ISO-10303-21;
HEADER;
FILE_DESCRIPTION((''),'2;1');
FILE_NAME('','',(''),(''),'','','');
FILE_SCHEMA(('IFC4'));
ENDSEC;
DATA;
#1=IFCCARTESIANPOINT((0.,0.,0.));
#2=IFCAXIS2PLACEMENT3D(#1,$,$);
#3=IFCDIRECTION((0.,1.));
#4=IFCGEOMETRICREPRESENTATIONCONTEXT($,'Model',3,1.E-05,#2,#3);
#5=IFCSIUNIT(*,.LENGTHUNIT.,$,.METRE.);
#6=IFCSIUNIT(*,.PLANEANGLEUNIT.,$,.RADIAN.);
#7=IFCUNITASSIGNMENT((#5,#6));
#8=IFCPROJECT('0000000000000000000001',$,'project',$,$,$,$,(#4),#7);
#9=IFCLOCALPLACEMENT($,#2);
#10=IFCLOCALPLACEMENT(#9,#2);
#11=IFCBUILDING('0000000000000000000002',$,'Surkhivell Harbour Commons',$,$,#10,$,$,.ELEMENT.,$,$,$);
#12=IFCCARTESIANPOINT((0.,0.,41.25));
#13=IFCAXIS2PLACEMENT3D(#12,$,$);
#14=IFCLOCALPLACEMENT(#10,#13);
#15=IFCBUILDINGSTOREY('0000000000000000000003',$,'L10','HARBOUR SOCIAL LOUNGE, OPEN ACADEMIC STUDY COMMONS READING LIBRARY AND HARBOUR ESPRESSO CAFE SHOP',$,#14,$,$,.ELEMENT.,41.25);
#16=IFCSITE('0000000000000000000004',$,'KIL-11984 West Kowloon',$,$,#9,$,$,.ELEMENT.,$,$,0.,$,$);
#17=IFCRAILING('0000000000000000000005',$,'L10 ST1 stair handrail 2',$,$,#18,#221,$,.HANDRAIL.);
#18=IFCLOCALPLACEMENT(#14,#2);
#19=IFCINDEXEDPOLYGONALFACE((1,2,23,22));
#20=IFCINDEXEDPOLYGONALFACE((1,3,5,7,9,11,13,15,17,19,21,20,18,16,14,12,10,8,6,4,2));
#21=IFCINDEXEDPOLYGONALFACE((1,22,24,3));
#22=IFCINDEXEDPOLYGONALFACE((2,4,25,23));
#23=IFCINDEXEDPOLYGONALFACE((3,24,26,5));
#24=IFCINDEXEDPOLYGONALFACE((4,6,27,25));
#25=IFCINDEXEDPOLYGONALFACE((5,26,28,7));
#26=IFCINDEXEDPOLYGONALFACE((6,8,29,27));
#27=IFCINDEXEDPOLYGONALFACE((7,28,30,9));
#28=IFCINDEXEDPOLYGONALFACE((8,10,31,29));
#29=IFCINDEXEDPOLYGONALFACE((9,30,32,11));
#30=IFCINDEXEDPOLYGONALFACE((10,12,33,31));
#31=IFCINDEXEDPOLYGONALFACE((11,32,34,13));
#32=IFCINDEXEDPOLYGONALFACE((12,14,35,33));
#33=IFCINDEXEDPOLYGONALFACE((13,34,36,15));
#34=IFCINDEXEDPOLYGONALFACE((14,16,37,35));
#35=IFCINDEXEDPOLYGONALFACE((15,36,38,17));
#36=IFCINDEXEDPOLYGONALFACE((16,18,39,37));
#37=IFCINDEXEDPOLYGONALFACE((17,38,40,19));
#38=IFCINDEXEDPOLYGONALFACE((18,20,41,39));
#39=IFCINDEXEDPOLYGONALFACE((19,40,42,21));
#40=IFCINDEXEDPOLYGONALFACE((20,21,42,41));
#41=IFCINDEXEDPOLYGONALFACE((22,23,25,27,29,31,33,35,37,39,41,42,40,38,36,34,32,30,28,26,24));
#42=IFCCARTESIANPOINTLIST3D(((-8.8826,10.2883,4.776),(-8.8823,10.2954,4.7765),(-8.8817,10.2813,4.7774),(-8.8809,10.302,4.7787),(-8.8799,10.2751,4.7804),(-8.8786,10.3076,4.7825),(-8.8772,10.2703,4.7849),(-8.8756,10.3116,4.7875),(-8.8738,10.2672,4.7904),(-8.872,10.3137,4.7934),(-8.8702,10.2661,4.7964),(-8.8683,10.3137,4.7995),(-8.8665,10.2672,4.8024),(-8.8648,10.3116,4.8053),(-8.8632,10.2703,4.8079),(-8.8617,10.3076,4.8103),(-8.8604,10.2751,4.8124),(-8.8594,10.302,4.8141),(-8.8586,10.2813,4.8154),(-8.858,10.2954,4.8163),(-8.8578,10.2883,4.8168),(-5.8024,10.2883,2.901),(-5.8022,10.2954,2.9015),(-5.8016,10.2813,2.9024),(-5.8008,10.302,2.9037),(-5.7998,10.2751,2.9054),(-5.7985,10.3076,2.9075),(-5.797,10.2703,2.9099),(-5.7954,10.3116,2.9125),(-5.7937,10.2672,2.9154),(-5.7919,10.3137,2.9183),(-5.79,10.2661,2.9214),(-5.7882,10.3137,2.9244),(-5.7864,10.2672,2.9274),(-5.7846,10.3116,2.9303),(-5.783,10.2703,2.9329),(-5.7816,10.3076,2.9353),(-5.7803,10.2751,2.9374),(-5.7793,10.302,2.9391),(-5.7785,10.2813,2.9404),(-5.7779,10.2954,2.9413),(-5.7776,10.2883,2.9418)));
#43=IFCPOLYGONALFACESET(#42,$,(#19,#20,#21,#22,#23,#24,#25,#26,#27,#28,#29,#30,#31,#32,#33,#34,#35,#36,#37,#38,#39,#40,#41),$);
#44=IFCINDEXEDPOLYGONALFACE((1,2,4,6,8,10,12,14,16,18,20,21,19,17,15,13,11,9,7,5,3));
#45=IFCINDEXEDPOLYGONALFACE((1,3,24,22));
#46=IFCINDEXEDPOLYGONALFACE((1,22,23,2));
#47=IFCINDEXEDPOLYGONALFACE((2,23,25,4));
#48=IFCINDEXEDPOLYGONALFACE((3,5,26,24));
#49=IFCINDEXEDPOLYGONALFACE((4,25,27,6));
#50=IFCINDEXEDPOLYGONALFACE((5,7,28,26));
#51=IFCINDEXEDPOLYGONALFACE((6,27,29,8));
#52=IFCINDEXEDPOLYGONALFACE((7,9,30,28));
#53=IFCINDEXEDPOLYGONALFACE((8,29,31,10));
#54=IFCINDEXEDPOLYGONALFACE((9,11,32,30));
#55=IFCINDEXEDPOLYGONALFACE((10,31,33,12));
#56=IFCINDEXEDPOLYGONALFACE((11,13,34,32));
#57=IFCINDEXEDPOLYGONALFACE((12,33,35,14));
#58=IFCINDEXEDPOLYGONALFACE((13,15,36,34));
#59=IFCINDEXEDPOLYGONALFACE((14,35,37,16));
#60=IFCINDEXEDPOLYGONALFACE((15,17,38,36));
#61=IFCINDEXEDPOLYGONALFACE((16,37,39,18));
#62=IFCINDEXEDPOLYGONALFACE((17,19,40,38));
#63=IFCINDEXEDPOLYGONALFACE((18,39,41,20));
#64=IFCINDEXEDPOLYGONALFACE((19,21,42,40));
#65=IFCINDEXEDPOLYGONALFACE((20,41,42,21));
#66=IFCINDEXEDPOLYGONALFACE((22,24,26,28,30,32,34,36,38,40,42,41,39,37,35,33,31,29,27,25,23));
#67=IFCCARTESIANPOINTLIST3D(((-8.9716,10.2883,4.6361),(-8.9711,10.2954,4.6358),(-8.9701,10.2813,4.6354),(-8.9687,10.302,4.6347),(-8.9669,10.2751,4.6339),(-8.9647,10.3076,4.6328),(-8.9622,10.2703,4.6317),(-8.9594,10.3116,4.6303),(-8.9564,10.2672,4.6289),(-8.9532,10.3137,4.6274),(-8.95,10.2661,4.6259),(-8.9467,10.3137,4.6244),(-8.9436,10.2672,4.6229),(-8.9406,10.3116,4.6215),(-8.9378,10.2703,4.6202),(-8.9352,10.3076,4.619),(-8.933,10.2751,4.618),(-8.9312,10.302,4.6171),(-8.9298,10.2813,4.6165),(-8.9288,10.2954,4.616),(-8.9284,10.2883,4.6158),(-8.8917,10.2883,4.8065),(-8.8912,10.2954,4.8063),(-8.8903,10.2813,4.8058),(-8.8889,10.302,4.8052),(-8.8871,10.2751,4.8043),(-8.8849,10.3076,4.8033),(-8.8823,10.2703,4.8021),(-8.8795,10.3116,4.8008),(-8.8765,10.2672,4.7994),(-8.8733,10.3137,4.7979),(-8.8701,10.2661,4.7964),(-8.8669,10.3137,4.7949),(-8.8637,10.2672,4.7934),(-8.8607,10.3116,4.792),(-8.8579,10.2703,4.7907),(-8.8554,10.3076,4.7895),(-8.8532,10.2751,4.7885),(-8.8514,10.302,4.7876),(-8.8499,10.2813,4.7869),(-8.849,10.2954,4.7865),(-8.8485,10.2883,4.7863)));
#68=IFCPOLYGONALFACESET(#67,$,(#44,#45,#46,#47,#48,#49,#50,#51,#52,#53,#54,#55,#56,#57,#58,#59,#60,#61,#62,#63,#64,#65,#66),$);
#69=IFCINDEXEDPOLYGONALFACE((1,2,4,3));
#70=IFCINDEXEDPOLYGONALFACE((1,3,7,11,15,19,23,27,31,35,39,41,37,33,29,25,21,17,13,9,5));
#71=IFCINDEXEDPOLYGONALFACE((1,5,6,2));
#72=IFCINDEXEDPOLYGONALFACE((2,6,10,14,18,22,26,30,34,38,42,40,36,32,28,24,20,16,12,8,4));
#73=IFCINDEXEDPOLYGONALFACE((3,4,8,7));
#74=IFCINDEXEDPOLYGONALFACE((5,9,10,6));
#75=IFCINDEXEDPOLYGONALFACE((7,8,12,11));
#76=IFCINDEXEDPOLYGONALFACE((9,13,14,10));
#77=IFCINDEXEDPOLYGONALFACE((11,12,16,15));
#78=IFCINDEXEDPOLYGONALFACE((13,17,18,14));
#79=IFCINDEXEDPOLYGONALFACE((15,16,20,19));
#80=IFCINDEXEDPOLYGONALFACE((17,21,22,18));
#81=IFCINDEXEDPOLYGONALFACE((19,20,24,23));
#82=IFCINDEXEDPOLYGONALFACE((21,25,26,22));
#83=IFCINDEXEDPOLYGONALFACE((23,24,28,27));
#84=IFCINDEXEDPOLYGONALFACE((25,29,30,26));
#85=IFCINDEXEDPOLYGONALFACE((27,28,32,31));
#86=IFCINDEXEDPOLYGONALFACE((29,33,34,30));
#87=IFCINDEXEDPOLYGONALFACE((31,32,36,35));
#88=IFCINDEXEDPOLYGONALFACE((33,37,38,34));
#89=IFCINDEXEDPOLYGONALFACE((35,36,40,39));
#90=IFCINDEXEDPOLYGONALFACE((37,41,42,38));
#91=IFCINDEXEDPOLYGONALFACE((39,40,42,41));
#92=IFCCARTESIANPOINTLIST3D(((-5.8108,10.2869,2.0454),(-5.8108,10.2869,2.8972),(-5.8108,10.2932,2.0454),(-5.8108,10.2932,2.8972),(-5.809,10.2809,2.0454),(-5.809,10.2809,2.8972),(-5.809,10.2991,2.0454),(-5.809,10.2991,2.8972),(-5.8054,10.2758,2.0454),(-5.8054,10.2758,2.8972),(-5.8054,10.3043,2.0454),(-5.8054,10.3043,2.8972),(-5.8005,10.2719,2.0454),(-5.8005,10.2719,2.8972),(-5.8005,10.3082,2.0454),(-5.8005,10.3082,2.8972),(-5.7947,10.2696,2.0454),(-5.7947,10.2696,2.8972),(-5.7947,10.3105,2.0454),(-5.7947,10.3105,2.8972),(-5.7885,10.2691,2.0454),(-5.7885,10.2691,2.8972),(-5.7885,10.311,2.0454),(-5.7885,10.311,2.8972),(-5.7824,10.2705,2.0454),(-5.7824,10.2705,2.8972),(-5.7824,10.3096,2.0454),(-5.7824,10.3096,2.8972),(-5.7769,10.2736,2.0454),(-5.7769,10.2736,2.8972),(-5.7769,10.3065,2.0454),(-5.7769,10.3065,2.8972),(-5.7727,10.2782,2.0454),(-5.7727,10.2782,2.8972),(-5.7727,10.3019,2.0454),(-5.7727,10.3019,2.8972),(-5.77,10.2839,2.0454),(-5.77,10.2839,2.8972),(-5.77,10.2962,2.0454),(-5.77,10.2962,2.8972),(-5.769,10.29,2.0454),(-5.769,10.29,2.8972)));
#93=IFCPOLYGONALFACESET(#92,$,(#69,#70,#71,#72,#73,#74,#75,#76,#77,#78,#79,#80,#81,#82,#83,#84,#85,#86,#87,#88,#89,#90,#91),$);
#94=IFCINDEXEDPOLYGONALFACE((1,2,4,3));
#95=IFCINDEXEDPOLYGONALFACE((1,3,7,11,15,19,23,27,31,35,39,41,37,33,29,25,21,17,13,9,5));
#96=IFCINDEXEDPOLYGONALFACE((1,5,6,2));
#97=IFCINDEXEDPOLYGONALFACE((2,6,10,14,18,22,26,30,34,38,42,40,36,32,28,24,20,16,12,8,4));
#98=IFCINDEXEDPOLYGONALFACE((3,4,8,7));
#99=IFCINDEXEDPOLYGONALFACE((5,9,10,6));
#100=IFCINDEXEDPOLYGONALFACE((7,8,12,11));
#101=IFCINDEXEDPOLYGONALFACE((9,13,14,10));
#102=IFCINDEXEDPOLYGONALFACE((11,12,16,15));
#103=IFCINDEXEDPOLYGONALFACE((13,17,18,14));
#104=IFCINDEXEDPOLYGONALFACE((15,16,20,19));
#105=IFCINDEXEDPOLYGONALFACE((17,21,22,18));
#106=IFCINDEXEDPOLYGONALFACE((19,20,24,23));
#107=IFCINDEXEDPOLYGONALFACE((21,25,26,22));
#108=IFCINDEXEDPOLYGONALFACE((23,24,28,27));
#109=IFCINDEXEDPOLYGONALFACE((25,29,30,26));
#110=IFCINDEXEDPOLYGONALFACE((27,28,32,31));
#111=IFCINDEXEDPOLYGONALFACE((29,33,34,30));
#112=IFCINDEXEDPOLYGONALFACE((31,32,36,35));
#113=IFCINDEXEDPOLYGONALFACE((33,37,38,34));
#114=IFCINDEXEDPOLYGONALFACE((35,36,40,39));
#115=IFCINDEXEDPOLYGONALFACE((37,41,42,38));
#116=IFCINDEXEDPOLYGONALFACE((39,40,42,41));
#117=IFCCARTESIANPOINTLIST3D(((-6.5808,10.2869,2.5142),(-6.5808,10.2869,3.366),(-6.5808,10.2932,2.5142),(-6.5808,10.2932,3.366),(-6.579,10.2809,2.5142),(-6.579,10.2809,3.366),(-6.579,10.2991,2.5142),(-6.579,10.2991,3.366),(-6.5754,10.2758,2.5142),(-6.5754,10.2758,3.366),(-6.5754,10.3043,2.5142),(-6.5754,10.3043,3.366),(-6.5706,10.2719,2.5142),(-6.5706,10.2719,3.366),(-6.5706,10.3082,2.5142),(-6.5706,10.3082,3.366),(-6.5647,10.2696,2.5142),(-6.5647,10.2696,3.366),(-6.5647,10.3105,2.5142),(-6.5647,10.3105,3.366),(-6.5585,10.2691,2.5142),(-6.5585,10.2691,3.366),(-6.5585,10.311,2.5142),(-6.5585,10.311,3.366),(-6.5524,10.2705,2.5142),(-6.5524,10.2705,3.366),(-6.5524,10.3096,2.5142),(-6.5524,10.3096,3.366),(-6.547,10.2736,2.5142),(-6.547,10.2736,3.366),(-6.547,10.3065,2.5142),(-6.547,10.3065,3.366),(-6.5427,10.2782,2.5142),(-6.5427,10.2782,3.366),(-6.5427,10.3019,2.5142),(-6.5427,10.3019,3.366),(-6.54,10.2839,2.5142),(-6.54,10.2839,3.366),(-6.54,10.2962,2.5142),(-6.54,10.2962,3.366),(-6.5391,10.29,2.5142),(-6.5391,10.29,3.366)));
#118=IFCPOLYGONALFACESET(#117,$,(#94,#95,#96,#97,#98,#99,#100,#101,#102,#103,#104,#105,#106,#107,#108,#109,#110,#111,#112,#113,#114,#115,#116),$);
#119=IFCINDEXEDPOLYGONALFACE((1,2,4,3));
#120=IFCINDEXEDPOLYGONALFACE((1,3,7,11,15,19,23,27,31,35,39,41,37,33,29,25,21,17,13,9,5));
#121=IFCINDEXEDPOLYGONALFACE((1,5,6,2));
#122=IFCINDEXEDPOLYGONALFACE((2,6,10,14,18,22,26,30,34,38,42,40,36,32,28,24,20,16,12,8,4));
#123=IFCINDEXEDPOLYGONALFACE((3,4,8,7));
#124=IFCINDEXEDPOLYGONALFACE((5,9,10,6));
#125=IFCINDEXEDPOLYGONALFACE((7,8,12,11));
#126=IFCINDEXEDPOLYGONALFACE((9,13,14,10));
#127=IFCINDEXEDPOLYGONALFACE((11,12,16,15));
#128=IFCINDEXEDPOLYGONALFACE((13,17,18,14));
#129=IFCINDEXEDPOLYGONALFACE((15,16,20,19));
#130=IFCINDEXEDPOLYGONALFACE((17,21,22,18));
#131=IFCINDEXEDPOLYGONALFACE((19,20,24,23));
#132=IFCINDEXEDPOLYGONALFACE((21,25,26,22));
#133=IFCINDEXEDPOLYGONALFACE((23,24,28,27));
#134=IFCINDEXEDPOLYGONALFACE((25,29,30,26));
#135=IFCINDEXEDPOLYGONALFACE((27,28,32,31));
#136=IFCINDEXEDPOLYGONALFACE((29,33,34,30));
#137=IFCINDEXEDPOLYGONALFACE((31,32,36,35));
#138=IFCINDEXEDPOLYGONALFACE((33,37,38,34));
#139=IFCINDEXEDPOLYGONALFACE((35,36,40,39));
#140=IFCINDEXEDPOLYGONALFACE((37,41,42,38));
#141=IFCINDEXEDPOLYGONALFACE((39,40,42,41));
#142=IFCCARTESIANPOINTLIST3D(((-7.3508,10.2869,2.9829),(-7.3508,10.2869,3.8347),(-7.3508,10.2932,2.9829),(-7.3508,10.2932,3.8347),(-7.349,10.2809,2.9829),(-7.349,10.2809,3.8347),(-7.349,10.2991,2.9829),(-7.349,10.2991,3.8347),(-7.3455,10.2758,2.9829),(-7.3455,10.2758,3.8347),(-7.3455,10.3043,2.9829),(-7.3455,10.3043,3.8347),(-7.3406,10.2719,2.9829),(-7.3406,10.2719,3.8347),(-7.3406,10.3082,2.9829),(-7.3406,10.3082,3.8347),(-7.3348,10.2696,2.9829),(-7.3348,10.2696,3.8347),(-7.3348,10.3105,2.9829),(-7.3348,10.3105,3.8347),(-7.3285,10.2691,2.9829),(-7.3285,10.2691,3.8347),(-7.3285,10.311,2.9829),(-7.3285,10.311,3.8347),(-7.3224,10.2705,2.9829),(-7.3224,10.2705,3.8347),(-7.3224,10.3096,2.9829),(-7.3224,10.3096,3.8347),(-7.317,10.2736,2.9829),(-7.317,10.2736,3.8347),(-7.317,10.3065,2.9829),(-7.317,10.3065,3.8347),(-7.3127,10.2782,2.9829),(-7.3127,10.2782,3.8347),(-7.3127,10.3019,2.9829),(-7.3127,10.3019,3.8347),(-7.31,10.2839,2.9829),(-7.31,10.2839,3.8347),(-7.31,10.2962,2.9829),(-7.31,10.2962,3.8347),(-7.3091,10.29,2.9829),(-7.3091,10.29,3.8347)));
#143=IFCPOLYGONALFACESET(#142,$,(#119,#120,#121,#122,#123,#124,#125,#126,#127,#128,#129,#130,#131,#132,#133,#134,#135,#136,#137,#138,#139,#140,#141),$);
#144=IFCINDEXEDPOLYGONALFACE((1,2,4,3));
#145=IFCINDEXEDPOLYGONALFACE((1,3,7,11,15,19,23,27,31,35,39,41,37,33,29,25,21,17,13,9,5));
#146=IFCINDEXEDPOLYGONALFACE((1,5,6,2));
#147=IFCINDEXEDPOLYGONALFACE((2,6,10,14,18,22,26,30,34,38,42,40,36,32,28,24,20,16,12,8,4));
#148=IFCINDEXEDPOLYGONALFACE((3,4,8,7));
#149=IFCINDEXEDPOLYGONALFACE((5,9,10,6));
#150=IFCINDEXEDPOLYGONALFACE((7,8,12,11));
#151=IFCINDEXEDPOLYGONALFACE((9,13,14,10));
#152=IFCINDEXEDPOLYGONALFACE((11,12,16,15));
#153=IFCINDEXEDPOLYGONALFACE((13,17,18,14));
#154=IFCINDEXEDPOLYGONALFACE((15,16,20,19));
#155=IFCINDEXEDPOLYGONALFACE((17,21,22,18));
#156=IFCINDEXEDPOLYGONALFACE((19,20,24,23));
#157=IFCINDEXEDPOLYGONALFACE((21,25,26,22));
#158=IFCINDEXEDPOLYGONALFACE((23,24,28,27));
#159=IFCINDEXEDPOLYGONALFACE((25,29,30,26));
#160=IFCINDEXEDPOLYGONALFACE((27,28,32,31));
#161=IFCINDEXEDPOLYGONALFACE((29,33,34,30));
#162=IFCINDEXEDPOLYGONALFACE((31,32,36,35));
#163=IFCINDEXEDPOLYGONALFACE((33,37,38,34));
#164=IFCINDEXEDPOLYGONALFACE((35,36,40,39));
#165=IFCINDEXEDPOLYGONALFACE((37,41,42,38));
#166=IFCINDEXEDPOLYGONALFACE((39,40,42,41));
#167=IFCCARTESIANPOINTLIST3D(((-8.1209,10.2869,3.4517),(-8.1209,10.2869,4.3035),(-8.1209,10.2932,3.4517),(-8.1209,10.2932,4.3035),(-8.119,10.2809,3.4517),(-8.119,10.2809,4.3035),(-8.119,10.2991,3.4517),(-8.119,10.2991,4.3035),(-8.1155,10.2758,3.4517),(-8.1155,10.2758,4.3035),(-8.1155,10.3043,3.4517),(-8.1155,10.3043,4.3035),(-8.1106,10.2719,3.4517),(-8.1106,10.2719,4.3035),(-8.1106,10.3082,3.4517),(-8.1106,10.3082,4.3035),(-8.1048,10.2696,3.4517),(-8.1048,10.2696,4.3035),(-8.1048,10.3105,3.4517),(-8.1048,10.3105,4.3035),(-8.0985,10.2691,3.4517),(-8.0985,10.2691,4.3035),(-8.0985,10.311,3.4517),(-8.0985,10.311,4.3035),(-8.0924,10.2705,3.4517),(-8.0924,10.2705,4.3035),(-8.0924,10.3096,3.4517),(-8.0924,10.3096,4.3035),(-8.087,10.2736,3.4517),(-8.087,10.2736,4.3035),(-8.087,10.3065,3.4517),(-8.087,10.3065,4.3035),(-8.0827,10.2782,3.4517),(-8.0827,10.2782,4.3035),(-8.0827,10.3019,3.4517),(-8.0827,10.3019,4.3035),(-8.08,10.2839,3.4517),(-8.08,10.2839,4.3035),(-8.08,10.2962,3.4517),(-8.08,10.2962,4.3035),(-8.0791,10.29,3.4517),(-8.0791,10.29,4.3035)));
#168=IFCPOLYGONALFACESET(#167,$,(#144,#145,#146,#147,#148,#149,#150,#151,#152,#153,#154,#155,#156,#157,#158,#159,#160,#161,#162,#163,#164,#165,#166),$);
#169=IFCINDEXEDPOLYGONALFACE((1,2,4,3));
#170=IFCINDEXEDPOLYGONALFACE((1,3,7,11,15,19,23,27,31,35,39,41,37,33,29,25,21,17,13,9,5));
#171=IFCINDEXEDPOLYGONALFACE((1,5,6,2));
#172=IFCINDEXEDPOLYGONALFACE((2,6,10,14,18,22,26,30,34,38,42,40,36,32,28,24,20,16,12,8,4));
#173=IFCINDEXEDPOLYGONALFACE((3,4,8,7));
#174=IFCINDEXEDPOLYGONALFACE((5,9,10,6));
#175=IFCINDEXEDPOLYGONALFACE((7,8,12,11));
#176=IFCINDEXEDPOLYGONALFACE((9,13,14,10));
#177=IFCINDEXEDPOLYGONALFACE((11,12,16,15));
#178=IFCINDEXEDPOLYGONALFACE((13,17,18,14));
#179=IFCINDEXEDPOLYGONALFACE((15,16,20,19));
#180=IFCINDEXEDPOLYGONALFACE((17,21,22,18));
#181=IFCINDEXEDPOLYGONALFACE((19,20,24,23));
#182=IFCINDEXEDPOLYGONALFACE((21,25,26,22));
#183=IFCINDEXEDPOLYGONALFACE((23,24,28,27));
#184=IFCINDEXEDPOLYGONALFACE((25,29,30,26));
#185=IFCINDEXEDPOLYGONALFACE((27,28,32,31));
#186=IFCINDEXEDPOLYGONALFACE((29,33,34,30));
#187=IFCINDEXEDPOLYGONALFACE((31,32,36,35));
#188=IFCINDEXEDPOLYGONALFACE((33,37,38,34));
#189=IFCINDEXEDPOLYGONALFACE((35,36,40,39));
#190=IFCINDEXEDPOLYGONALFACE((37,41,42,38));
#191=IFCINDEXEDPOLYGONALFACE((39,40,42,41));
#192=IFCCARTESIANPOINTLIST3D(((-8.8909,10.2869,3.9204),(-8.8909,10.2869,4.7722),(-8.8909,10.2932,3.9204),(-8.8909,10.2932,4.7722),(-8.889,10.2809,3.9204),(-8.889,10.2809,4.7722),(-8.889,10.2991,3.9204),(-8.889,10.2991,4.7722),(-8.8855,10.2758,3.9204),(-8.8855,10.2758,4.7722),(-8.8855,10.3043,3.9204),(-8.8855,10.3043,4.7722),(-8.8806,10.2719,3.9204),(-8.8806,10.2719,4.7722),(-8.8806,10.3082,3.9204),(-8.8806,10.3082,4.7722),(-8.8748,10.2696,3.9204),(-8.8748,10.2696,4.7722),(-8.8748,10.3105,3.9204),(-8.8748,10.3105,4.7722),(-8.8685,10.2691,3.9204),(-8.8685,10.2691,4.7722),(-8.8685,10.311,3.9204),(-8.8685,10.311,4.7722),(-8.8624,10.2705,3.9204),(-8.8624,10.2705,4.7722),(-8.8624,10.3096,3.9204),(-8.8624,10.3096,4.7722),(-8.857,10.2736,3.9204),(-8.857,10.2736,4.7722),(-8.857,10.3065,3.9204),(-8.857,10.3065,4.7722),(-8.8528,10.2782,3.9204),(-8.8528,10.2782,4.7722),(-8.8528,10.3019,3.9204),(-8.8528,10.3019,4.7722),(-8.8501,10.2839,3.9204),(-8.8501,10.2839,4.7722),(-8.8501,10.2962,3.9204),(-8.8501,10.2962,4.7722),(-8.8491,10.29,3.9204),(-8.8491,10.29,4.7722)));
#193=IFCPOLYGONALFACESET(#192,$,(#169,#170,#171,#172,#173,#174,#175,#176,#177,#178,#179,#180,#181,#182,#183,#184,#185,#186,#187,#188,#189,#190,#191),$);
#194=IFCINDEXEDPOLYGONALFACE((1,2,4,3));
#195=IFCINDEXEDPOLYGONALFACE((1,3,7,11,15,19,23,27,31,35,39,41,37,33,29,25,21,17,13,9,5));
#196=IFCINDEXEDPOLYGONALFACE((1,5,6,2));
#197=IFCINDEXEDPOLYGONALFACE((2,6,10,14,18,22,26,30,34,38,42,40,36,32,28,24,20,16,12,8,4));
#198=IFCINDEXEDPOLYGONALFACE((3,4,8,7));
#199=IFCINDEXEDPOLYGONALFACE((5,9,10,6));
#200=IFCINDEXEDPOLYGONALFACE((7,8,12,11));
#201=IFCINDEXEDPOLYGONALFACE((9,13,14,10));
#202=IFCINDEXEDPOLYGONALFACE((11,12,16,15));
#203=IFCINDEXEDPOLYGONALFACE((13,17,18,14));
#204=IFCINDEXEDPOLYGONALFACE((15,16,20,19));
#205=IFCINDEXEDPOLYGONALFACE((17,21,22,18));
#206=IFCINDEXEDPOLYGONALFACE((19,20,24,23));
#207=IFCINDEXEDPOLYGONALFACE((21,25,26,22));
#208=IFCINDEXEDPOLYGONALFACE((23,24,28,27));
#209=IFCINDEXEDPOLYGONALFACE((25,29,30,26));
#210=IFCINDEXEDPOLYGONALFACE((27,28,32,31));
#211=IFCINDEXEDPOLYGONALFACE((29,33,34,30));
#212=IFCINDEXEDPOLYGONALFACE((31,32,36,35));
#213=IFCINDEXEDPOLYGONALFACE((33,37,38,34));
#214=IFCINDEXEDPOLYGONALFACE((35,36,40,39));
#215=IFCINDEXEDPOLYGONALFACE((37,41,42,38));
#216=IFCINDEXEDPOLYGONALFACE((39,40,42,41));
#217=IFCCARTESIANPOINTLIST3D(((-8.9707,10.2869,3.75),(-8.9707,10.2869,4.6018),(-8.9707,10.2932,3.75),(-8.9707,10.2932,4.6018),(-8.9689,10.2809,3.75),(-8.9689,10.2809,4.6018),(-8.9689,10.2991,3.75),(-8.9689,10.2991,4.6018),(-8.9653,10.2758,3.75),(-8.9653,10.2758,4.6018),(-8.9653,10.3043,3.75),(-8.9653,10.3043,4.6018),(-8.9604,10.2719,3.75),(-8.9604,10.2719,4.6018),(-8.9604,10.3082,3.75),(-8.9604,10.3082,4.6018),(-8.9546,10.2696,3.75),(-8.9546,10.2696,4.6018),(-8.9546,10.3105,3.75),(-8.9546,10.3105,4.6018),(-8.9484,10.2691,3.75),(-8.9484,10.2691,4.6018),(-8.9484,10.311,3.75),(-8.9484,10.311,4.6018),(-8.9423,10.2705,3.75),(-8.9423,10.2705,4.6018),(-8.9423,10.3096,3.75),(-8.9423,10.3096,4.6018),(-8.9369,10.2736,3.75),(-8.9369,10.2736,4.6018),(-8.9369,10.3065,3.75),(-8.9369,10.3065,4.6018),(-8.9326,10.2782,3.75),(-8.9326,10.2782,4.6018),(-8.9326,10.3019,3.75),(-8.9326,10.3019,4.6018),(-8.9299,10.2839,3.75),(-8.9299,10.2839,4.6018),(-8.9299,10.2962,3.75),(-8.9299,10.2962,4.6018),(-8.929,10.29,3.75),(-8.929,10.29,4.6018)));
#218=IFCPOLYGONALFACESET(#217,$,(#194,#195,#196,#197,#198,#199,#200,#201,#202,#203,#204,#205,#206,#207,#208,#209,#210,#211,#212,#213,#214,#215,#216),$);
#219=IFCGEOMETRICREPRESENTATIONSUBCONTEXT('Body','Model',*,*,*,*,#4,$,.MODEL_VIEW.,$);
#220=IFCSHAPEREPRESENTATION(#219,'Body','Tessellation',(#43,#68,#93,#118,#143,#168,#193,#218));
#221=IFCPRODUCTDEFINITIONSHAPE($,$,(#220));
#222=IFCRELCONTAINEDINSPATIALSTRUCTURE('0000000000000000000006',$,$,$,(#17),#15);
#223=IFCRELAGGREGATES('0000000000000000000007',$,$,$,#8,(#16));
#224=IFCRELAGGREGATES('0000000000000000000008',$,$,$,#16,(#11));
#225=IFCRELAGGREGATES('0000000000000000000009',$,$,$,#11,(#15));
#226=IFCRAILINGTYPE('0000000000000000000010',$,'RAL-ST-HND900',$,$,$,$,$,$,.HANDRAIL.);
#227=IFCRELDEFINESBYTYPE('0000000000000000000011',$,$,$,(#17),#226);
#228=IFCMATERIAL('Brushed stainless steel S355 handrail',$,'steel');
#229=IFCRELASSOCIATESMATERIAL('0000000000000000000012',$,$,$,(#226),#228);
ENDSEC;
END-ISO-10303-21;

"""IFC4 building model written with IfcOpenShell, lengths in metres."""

from ifc_helpers import new_model, si_unit, direction, frame, origin, origin_2d, place, context, subcontext, project, spatial, circle, extrude, material, type_object, element, save


model = new_model("IFC4")

# Units and contexts
model_context = context("Model", 3, precision=1e-05, world=origin(), true_north=direction((0.0, 1.0)))
body_context = subcontext(model_context, "Body", "Model", "MODEL_VIEW")
ifc_project = project(units=[si_unit("LENGTHUNIT", "METRE"), si_unit("PLANEANGLEUNIT", "RADIAN")], contexts=[model_context])

# Site, building, storey
site_placement = place(None, origin())
site = spatial("IfcSite", under=ifc_project, at=site_placement, Name="KIL-11984 West Kowloon", CompositionType="ELEMENT", RefElevation=0.0)
building_placement = place(site_placement, origin())
building = spatial("IfcBuilding", under=site, at=building_placement, Name="Surkhivell Harbour Commons", CompositionType="ELEMENT")
storey_placement = place(building_placement, frame((0.0, 0.0, 41.25)))
storey = spatial("IfcBuildingStorey", under=building, at=storey_placement, Name="L10", Description="HARBOUR SOCIAL LOUNGE, OPEN ACADEMIC STUDY COMMONS READING LIBRARY AND HARBOUR ESPRESSO CAFE SHOP", CompositionType="ELEMENT", Elevation=41.25)

# Railing
ifc_material_1 = material(Name="Brushed stainless steel S355 handrail", Category="steel")
railing_type_1 = type_object("IfcRailingType", Name="RAL-ST-HND900", PredefinedType="HANDRAIL", material=ifc_material_1)
railing_1_placement = place(storey_placement, frame((-5.79, 10.29, 2.0454)))
element("IfcRailing", 1, at=railing_1_placement, inside=storey, type_object=railing_type_1, Name="L10 ST1 stair handrail 2", PredefinedType="HANDRAIL", context=body_context, shape_type="SweptSolid", body=[
    extrude(circle(Radius=0.0239, at=origin_2d()), frame((0.0, 0.0, 0.876), z_axis=(-0.854178, 0.0, 0.519981), x_axis=(0.0, -1.0, 0.0)), (0.0, 0.0, 1.0), 3.606),
    extrude(circle(Radius=0.0239, at=origin_2d()), frame((-3.0801, 0.0, 2.751), z_axis=(-0.424234, 0.0, -0.905552), x_axis=(0.0, -1.0, 0.0)), (0.0, 0.0, 1.0), 0.1882),
    extrude(circle(Radius=0.021, at=origin_2d()), origin(), (0.0, 0.0, 1.0), 0.8518),
    extrude(circle(Radius=0.021, at=origin_2d()), frame((-0.77, 0.0, 0.4688)), (0.0, 0.0, 1.0), 0.8518),
    extrude(circle(Radius=0.021, at=origin_2d()), frame((-1.54, 0.0, 0.9375)), (0.0, 0.0, 1.0), 0.8518),
    extrude(circle(Radius=0.021, at=origin_2d()), frame((-2.3101, 0.0, 1.4062)), (0.0, 0.0, 1.0), 0.8518),
    extrude(circle(Radius=0.021, at=origin_2d()), frame((-3.0801, 0.0, 1.875)), (0.0, 0.0, 1.0), 0.8518),
    extrude(circle(Radius=0.021, at=origin_2d()), frame((-3.1599, 0.0, 1.7046)), (0.0, 0.0, 1.0), 0.8518),
])

save(model, "model.ifc")
